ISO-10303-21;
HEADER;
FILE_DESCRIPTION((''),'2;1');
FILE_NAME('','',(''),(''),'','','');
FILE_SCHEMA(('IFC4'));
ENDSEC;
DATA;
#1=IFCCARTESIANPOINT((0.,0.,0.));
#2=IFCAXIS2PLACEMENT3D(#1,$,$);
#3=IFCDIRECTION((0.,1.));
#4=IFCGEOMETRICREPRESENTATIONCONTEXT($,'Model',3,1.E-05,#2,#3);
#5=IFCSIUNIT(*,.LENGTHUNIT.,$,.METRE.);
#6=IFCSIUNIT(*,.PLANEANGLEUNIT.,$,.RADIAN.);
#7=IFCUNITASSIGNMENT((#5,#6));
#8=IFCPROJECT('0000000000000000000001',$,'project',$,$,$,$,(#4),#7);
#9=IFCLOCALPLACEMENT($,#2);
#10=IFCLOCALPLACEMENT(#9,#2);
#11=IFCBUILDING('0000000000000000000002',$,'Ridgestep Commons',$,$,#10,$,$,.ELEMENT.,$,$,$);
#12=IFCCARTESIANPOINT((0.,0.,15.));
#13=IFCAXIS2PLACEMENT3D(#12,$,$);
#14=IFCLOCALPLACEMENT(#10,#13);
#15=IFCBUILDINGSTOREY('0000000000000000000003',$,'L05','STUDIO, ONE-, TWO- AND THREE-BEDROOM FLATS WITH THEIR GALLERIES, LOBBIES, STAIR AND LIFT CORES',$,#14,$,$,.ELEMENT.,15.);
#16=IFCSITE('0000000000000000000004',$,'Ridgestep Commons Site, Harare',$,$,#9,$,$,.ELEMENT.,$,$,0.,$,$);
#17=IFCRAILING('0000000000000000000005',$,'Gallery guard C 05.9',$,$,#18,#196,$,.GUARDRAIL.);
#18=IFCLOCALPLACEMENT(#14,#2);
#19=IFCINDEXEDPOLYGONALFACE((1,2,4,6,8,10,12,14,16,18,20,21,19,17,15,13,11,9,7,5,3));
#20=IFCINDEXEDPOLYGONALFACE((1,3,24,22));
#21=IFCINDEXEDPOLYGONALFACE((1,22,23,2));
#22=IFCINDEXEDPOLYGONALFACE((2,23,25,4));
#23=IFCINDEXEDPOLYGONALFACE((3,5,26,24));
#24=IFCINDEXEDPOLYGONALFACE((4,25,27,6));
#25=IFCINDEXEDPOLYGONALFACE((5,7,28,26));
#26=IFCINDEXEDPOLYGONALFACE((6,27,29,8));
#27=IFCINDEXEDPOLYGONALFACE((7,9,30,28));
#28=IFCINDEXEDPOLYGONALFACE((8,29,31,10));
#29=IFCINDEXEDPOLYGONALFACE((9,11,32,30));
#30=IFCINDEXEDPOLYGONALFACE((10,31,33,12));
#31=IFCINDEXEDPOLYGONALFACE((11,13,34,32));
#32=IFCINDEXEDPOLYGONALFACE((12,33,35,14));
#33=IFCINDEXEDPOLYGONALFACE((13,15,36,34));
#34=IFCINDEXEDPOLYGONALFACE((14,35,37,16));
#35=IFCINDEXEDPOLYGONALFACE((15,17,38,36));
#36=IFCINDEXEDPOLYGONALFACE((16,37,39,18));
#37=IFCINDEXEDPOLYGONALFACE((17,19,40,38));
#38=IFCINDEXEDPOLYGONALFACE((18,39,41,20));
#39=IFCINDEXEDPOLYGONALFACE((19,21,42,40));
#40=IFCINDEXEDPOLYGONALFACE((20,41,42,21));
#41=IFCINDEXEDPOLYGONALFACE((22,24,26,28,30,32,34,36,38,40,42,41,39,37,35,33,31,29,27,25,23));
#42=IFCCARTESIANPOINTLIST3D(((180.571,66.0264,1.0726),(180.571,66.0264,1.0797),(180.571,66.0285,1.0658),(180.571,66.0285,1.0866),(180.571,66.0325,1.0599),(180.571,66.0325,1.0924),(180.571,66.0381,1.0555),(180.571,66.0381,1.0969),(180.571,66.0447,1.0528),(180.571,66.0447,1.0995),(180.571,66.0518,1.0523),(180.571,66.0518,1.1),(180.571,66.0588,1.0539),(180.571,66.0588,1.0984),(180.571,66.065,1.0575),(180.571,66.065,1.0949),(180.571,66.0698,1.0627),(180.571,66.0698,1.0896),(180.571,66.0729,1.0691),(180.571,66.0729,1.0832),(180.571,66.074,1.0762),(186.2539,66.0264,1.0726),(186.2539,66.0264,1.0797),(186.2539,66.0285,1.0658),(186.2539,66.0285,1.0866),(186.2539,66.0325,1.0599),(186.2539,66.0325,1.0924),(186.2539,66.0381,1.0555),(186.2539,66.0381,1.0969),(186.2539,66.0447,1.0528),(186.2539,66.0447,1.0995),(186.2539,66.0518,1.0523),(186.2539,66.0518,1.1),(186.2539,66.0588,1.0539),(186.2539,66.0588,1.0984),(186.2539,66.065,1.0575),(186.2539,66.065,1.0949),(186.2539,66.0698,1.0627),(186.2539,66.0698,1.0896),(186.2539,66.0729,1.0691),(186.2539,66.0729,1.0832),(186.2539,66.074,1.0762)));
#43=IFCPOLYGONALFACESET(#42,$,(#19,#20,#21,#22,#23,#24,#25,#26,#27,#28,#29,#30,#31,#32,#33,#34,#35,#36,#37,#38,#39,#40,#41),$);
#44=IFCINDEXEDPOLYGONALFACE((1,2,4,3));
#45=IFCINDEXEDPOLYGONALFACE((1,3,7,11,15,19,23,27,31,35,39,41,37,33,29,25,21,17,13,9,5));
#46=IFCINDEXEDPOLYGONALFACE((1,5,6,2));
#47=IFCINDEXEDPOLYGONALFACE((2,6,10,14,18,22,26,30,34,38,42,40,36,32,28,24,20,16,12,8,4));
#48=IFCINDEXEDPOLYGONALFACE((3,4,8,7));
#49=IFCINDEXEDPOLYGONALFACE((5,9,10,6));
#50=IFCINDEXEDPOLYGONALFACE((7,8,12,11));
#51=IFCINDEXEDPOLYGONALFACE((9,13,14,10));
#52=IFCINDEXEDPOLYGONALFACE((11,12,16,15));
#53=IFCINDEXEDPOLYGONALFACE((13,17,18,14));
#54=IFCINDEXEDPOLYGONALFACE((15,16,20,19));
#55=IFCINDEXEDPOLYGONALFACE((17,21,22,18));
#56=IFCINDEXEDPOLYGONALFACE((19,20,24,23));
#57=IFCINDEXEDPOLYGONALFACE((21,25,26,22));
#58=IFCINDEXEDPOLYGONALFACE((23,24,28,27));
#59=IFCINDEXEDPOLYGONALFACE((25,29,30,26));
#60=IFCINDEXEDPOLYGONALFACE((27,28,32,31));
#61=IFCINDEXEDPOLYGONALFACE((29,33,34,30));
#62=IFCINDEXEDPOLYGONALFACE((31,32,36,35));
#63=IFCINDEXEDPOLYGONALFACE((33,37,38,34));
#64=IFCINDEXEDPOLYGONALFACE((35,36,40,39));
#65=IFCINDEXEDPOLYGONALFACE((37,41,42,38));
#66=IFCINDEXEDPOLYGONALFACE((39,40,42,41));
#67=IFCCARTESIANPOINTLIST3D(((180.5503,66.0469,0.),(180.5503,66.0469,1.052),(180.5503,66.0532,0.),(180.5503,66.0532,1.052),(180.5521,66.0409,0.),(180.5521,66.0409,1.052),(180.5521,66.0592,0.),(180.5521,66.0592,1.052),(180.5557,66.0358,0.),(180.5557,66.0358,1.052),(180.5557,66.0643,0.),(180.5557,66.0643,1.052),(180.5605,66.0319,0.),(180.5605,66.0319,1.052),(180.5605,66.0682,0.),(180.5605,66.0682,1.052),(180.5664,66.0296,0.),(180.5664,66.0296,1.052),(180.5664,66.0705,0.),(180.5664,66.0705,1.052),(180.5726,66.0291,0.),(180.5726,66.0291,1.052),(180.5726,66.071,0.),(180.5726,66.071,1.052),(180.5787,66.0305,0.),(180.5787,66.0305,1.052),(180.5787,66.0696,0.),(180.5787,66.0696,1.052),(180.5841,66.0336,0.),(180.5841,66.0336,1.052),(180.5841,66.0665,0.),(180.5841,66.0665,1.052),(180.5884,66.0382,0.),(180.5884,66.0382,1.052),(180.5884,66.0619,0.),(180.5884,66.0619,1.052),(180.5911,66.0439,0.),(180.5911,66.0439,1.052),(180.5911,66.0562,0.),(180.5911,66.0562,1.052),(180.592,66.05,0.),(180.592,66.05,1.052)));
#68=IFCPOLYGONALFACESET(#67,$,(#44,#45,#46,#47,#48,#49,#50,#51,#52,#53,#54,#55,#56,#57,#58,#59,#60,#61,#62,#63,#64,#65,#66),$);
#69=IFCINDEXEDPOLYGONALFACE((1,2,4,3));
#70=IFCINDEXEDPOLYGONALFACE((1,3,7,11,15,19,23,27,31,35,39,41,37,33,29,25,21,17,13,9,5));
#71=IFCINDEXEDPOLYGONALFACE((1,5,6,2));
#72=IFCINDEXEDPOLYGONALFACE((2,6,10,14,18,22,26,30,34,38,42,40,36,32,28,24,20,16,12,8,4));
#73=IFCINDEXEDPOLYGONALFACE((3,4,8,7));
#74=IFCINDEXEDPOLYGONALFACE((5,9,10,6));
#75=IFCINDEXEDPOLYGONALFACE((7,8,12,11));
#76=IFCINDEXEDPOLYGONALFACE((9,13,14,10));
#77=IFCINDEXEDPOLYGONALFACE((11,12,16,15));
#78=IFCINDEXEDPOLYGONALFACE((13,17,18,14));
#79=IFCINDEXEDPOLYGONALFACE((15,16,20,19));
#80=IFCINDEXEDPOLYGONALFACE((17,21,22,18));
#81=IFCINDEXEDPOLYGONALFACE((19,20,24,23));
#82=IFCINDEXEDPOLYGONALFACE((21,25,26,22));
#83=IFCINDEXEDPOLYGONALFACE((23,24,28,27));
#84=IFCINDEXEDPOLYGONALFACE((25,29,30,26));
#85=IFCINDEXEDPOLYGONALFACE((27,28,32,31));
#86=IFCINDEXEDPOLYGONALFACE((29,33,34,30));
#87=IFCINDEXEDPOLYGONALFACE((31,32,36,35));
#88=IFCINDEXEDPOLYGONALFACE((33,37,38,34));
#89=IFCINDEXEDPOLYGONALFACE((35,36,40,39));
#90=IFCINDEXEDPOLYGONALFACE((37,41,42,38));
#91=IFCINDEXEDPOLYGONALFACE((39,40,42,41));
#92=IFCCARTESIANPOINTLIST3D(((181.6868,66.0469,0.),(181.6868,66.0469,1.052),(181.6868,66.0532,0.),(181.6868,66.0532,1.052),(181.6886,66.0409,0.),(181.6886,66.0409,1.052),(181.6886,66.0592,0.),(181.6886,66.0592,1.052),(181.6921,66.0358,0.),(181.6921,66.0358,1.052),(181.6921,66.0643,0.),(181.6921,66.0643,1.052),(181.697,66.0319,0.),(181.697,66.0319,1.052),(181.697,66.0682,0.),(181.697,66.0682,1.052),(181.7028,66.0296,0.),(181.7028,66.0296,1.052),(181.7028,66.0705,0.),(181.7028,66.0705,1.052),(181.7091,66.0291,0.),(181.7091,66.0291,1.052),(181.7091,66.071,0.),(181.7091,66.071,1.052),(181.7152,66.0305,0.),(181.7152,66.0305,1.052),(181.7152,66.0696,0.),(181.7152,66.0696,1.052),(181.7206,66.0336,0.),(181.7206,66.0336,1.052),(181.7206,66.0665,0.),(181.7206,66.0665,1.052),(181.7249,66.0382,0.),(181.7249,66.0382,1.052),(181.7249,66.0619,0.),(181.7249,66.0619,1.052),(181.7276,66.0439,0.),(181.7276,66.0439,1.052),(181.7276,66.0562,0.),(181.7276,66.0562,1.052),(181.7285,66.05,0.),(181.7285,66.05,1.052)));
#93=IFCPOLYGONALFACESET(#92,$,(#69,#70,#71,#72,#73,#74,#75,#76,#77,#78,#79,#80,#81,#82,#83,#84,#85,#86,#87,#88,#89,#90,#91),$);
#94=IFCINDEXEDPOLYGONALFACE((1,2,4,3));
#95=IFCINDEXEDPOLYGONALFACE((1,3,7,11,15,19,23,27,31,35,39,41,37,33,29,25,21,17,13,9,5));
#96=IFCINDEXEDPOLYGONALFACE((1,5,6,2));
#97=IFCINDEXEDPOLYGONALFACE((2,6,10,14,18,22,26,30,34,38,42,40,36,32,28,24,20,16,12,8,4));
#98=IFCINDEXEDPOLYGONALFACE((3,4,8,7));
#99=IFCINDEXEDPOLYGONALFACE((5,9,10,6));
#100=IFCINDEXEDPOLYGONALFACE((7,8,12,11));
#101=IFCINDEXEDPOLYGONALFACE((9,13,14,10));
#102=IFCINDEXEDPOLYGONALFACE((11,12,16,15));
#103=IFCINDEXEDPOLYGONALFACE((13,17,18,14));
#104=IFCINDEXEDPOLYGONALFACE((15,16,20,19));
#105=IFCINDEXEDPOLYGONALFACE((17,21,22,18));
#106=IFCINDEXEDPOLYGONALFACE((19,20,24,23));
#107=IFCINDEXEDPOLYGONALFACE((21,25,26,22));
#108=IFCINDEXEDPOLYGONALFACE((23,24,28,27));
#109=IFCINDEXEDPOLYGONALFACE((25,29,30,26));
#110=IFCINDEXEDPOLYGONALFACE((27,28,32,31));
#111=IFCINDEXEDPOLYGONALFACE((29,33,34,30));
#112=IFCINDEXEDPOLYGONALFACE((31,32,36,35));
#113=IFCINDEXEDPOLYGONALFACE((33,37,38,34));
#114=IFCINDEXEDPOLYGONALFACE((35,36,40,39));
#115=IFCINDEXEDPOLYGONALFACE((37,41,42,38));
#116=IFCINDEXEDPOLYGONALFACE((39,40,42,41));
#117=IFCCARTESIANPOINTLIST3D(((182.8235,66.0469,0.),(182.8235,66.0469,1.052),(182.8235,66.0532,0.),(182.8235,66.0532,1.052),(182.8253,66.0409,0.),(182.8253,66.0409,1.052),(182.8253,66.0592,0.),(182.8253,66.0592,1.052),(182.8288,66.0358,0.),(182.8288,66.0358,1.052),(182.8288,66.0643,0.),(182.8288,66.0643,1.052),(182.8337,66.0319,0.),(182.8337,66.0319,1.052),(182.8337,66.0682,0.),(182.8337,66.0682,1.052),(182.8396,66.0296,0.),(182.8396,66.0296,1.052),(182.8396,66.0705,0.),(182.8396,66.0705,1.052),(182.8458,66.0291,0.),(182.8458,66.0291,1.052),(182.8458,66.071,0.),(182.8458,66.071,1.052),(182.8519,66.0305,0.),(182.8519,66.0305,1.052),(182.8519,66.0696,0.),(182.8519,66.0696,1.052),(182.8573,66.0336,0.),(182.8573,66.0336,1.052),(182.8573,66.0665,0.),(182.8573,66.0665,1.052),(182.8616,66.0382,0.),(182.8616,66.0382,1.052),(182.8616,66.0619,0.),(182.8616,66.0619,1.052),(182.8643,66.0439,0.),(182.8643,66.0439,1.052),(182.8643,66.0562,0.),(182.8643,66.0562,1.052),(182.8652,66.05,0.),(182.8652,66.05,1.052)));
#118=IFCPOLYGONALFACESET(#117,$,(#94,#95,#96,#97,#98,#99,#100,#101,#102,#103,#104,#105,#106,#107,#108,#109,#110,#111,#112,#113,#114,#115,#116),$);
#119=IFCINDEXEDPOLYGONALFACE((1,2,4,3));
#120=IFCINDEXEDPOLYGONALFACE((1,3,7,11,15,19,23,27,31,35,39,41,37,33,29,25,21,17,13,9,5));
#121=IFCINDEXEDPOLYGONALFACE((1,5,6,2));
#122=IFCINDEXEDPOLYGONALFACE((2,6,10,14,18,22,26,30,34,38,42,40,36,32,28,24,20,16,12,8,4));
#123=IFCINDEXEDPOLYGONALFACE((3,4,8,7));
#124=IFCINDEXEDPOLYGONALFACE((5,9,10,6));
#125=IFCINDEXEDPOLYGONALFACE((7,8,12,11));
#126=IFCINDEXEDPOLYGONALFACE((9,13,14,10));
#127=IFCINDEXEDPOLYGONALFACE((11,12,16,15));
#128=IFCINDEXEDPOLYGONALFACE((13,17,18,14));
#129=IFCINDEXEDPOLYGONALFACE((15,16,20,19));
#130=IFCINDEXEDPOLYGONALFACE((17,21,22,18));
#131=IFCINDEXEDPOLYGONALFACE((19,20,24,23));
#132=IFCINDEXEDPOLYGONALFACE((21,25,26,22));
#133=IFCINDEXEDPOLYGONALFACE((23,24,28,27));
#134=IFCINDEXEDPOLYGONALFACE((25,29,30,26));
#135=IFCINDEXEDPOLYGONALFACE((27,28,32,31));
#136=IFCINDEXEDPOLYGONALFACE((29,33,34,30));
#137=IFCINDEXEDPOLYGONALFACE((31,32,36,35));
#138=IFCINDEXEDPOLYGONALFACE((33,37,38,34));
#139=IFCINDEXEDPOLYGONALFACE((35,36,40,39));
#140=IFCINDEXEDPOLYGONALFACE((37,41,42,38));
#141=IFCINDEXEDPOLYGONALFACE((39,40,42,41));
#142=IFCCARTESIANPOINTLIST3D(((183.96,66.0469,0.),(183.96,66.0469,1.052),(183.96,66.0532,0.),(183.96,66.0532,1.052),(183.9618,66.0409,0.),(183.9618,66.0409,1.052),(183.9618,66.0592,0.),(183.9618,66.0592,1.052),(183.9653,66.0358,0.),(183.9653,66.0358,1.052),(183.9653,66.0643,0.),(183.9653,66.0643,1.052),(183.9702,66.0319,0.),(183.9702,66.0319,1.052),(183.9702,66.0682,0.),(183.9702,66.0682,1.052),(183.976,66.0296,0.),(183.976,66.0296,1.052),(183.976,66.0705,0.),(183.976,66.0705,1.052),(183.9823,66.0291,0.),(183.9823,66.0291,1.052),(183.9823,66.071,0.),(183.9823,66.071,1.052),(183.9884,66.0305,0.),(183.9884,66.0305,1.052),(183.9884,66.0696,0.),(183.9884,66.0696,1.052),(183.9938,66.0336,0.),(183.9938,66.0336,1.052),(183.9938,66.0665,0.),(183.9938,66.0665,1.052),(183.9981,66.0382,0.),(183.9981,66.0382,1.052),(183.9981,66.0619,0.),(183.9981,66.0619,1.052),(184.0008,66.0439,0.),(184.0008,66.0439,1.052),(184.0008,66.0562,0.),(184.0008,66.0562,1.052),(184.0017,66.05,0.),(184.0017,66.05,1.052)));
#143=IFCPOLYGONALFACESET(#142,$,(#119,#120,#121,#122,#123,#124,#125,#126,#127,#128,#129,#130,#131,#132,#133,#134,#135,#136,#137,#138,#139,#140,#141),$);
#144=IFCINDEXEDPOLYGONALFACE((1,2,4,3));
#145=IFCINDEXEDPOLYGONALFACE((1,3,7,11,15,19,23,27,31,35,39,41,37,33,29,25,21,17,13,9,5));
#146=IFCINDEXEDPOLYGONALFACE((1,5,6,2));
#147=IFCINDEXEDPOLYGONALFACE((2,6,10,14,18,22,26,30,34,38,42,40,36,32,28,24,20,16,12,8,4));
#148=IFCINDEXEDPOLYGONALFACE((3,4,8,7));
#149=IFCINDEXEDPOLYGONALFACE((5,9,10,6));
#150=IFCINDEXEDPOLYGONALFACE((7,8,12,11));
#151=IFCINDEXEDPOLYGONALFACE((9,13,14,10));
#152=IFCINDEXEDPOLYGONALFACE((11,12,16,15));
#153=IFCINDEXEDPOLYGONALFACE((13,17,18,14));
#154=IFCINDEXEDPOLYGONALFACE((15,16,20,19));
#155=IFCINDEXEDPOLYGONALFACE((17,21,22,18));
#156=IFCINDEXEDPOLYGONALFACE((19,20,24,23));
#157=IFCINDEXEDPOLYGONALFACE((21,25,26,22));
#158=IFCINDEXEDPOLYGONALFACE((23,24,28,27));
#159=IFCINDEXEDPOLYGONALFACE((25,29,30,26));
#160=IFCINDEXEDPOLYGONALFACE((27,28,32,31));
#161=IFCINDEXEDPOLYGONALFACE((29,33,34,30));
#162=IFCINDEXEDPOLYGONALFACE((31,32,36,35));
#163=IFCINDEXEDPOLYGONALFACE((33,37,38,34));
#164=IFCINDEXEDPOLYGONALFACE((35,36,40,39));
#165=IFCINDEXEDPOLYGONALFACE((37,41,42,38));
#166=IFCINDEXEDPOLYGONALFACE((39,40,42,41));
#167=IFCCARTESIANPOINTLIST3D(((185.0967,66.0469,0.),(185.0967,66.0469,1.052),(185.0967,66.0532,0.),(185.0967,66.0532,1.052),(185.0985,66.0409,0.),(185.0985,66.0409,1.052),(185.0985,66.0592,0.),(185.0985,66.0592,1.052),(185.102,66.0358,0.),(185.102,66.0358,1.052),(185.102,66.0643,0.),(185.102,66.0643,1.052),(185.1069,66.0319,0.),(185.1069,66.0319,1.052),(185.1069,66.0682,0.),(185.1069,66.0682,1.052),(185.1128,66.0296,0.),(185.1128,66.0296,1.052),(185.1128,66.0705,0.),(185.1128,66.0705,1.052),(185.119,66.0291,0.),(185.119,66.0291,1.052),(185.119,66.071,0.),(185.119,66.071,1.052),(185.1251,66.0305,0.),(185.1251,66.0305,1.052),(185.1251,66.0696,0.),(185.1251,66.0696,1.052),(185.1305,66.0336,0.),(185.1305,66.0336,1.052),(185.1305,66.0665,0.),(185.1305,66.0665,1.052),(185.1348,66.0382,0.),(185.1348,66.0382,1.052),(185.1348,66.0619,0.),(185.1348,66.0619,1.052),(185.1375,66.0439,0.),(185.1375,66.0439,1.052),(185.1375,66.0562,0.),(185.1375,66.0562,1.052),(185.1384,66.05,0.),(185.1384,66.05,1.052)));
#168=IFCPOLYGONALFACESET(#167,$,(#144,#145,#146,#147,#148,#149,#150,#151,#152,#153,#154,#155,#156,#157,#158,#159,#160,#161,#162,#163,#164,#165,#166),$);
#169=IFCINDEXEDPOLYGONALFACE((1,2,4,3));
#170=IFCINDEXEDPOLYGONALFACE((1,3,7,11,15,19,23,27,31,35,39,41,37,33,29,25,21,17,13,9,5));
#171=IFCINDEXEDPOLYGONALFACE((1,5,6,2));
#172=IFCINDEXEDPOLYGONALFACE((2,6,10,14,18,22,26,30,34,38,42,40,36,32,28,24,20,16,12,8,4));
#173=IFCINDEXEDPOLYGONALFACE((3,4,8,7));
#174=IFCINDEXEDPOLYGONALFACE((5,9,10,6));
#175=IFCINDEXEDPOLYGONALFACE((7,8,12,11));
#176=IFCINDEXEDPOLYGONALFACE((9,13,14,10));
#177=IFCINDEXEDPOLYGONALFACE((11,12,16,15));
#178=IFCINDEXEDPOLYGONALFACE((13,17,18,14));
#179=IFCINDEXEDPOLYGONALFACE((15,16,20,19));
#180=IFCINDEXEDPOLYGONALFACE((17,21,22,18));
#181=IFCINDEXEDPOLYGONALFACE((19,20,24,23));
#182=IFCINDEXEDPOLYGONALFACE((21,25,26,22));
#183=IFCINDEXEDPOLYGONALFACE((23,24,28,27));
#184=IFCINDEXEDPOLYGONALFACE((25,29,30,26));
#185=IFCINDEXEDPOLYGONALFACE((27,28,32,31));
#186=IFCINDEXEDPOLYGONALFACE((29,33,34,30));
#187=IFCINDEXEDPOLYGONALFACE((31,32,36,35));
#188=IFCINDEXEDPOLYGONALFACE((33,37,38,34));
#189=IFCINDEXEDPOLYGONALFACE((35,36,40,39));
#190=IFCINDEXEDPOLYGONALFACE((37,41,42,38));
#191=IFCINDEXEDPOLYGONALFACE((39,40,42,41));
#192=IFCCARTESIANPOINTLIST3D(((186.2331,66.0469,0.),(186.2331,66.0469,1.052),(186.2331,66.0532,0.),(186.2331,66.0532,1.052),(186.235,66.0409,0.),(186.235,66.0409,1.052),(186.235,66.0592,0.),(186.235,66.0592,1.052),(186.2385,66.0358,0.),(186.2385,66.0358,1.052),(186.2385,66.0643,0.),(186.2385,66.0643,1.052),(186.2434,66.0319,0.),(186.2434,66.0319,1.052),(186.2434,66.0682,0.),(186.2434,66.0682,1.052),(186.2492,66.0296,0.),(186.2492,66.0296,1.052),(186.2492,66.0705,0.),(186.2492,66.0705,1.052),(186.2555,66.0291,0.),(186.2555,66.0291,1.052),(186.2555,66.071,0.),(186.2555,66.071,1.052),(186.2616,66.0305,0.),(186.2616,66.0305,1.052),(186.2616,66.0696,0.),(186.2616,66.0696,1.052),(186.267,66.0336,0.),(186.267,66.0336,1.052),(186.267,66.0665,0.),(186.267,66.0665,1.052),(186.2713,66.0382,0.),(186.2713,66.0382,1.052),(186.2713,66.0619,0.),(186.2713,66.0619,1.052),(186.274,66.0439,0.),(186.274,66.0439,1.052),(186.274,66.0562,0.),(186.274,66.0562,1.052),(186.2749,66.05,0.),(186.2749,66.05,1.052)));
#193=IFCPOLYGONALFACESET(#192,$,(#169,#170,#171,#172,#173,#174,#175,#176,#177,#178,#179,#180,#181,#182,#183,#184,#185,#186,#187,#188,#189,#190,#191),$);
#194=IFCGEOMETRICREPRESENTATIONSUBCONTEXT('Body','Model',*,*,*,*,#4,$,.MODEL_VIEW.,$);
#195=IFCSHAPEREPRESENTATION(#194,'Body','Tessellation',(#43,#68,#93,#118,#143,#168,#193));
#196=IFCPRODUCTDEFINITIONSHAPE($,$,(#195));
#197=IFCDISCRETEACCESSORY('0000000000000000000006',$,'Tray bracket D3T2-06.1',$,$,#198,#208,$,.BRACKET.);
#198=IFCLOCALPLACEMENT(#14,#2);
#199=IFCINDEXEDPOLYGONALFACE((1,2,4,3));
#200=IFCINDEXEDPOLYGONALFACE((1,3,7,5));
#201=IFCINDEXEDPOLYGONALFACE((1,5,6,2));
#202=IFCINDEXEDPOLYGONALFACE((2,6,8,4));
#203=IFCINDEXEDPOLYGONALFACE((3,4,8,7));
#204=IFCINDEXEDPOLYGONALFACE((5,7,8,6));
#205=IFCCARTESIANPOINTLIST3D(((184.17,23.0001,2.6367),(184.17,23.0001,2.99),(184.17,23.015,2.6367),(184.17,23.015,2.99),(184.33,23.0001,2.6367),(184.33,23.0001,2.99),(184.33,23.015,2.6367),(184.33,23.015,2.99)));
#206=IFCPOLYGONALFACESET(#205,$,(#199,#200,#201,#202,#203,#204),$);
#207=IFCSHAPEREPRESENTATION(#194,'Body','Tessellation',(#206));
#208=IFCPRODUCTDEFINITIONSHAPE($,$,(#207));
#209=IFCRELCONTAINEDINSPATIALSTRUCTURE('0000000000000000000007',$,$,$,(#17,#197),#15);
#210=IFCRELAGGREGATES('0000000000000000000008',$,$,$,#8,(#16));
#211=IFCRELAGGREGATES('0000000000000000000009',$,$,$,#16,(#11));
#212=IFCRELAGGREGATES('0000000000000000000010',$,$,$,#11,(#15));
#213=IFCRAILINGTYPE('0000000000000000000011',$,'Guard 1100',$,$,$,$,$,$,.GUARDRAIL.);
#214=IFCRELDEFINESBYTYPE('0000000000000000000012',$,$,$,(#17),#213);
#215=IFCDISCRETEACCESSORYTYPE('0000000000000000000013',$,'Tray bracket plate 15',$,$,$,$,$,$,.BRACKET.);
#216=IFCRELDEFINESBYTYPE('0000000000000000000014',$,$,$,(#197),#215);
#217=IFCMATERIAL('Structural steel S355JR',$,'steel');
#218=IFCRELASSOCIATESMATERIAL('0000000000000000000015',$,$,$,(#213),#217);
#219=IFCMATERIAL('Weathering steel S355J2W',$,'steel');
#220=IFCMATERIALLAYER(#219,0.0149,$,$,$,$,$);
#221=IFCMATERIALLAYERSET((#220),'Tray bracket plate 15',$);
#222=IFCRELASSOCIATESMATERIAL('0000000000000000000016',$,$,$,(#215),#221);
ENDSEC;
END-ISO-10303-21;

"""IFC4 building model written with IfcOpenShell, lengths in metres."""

from ifc_helpers import new_model, si_unit, direction, frame, origin, origin_2d, place, context, subcontext, project, spatial, rectangle, circle, extrude, material, layer, layer_set, type_object, element, save


model = new_model("IFC4")

# Units and contexts
model_context = context("Model", 3, precision=1e-05, world=origin(), true_north=direction((0.0, 1.0)))
body_context = subcontext(model_context, "Body", "Model", "MODEL_VIEW")
ifc_project = project(units=[si_unit("LENGTHUNIT", "METRE"), si_unit("PLANEANGLEUNIT", "RADIAN")], contexts=[model_context])

# Site, building, storey
site_placement = place(None, origin())
site = spatial("IfcSite", under=ifc_project, at=site_placement, Name="Ridgestep Commons Site, Harare", CompositionType="ELEMENT", RefElevation=0.0)
building_placement = place(site_placement, origin())
building = spatial("IfcBuilding", under=site, at=building_placement, Name="Ridgestep Commons", CompositionType="ELEMENT")
storey_placement = place(building_placement, frame((0.0, 0.0, 15.0)))
storey = spatial("IfcBuildingStorey", under=building, at=storey_placement, Name="L05", Description="STUDIO, ONE-, TWO- AND THREE-BEDROOM FLATS WITH THEIR GALLERIES, LOBBIES, STAIR AND LIFT CORES", CompositionType="ELEMENT", Elevation=15.0)

# Railing
ifc_material_1 = material(Name="Structural steel S355JR", Category="steel")
railing_type_1 = type_object("IfcRailingType", Name="Guard 1100", PredefinedType="GUARDRAIL", material=ifc_material_1)
railing_1_placement = place(storey_placement, frame((180.571, 66.05, 0.0)))
element("IfcRailing", 1, at=railing_1_placement, inside=storey, type_object=railing_type_1, Name="Gallery guard C 05.9", PredefinedType="GUARDRAIL", context=body_context, shape_type="SweptSolid", body=[
    extrude(circle(Radius=0.0239, at=origin_2d()), frame((0.0, 0.0, 1.0762), z_axis=(1.0, 0.0, 0.0), x_axis=(0.0, 1.0, 0.0)), (0.0, 0.0, 1.0), 5.6829),
    extrude(circle(Radius=0.021, at=origin_2d()), origin(), (0.0, 0.0, 1.0), 1.052),
    extrude(circle(Radius=0.021, at=origin_2d()), frame((1.1365, 0.0, 0.0)), (0.0, 0.0, 1.0), 1.052),
    extrude(circle(Radius=0.021, at=origin_2d()), frame((2.2732, 0.0, 0.0)), (0.0, 0.0, 1.0), 1.052),
    extrude(circle(Radius=0.021, at=origin_2d()), frame((3.4097, 0.0, 0.0)), (0.0, 0.0, 1.0), 1.052),
    extrude(circle(Radius=0.021, at=origin_2d()), frame((4.5464, 0.0, 0.0)), (0.0, 0.0, 1.0), 1.052),
    extrude(circle(Radius=0.021, at=origin_2d()), frame((5.6829, 0.0, 0.0)), (0.0, 0.0, 1.0), 1.052),
])

# Discrete accessory
ifc_material_2 = material(Name="Weathering steel S355J2W", Category="steel")
ifc_layer_1 = layer(ifc_material_2, 0.0149)
ifc_layer_set_1 = layer_set([ifc_layer_1], Name="Tray bracket plate 15")
discrete_accessory_type_1 = type_object("IfcDiscreteAccessoryType", Name="Tray bracket plate 15", PredefinedType="BRACKET", material=ifc_layer_set_1)
for number, where, z_axis, x_axis, name in (
    (2, (184.25, 23.0076, 2.6367), (0.0, 0.0, 1.0), (1.0, 0.0, 0.0), "Tray bracket D3T2-06.1"),
):
    element("IfcDiscreteAccessory", number, at=place(storey_placement, frame(where, z_axis=z_axis, x_axis=x_axis)), inside=storey, type_object=discrete_accessory_type_1, Name=name, PredefinedType="BRACKET", context=body_context, shape_type="SweptSolid", body=[
        extrude(rectangle(XDim=0.1599, YDim=0.0149, at=origin_2d()), origin(), (0.0, 0.0, 1.0), 0.3533),
    ])

save(model, "model.ifc")
